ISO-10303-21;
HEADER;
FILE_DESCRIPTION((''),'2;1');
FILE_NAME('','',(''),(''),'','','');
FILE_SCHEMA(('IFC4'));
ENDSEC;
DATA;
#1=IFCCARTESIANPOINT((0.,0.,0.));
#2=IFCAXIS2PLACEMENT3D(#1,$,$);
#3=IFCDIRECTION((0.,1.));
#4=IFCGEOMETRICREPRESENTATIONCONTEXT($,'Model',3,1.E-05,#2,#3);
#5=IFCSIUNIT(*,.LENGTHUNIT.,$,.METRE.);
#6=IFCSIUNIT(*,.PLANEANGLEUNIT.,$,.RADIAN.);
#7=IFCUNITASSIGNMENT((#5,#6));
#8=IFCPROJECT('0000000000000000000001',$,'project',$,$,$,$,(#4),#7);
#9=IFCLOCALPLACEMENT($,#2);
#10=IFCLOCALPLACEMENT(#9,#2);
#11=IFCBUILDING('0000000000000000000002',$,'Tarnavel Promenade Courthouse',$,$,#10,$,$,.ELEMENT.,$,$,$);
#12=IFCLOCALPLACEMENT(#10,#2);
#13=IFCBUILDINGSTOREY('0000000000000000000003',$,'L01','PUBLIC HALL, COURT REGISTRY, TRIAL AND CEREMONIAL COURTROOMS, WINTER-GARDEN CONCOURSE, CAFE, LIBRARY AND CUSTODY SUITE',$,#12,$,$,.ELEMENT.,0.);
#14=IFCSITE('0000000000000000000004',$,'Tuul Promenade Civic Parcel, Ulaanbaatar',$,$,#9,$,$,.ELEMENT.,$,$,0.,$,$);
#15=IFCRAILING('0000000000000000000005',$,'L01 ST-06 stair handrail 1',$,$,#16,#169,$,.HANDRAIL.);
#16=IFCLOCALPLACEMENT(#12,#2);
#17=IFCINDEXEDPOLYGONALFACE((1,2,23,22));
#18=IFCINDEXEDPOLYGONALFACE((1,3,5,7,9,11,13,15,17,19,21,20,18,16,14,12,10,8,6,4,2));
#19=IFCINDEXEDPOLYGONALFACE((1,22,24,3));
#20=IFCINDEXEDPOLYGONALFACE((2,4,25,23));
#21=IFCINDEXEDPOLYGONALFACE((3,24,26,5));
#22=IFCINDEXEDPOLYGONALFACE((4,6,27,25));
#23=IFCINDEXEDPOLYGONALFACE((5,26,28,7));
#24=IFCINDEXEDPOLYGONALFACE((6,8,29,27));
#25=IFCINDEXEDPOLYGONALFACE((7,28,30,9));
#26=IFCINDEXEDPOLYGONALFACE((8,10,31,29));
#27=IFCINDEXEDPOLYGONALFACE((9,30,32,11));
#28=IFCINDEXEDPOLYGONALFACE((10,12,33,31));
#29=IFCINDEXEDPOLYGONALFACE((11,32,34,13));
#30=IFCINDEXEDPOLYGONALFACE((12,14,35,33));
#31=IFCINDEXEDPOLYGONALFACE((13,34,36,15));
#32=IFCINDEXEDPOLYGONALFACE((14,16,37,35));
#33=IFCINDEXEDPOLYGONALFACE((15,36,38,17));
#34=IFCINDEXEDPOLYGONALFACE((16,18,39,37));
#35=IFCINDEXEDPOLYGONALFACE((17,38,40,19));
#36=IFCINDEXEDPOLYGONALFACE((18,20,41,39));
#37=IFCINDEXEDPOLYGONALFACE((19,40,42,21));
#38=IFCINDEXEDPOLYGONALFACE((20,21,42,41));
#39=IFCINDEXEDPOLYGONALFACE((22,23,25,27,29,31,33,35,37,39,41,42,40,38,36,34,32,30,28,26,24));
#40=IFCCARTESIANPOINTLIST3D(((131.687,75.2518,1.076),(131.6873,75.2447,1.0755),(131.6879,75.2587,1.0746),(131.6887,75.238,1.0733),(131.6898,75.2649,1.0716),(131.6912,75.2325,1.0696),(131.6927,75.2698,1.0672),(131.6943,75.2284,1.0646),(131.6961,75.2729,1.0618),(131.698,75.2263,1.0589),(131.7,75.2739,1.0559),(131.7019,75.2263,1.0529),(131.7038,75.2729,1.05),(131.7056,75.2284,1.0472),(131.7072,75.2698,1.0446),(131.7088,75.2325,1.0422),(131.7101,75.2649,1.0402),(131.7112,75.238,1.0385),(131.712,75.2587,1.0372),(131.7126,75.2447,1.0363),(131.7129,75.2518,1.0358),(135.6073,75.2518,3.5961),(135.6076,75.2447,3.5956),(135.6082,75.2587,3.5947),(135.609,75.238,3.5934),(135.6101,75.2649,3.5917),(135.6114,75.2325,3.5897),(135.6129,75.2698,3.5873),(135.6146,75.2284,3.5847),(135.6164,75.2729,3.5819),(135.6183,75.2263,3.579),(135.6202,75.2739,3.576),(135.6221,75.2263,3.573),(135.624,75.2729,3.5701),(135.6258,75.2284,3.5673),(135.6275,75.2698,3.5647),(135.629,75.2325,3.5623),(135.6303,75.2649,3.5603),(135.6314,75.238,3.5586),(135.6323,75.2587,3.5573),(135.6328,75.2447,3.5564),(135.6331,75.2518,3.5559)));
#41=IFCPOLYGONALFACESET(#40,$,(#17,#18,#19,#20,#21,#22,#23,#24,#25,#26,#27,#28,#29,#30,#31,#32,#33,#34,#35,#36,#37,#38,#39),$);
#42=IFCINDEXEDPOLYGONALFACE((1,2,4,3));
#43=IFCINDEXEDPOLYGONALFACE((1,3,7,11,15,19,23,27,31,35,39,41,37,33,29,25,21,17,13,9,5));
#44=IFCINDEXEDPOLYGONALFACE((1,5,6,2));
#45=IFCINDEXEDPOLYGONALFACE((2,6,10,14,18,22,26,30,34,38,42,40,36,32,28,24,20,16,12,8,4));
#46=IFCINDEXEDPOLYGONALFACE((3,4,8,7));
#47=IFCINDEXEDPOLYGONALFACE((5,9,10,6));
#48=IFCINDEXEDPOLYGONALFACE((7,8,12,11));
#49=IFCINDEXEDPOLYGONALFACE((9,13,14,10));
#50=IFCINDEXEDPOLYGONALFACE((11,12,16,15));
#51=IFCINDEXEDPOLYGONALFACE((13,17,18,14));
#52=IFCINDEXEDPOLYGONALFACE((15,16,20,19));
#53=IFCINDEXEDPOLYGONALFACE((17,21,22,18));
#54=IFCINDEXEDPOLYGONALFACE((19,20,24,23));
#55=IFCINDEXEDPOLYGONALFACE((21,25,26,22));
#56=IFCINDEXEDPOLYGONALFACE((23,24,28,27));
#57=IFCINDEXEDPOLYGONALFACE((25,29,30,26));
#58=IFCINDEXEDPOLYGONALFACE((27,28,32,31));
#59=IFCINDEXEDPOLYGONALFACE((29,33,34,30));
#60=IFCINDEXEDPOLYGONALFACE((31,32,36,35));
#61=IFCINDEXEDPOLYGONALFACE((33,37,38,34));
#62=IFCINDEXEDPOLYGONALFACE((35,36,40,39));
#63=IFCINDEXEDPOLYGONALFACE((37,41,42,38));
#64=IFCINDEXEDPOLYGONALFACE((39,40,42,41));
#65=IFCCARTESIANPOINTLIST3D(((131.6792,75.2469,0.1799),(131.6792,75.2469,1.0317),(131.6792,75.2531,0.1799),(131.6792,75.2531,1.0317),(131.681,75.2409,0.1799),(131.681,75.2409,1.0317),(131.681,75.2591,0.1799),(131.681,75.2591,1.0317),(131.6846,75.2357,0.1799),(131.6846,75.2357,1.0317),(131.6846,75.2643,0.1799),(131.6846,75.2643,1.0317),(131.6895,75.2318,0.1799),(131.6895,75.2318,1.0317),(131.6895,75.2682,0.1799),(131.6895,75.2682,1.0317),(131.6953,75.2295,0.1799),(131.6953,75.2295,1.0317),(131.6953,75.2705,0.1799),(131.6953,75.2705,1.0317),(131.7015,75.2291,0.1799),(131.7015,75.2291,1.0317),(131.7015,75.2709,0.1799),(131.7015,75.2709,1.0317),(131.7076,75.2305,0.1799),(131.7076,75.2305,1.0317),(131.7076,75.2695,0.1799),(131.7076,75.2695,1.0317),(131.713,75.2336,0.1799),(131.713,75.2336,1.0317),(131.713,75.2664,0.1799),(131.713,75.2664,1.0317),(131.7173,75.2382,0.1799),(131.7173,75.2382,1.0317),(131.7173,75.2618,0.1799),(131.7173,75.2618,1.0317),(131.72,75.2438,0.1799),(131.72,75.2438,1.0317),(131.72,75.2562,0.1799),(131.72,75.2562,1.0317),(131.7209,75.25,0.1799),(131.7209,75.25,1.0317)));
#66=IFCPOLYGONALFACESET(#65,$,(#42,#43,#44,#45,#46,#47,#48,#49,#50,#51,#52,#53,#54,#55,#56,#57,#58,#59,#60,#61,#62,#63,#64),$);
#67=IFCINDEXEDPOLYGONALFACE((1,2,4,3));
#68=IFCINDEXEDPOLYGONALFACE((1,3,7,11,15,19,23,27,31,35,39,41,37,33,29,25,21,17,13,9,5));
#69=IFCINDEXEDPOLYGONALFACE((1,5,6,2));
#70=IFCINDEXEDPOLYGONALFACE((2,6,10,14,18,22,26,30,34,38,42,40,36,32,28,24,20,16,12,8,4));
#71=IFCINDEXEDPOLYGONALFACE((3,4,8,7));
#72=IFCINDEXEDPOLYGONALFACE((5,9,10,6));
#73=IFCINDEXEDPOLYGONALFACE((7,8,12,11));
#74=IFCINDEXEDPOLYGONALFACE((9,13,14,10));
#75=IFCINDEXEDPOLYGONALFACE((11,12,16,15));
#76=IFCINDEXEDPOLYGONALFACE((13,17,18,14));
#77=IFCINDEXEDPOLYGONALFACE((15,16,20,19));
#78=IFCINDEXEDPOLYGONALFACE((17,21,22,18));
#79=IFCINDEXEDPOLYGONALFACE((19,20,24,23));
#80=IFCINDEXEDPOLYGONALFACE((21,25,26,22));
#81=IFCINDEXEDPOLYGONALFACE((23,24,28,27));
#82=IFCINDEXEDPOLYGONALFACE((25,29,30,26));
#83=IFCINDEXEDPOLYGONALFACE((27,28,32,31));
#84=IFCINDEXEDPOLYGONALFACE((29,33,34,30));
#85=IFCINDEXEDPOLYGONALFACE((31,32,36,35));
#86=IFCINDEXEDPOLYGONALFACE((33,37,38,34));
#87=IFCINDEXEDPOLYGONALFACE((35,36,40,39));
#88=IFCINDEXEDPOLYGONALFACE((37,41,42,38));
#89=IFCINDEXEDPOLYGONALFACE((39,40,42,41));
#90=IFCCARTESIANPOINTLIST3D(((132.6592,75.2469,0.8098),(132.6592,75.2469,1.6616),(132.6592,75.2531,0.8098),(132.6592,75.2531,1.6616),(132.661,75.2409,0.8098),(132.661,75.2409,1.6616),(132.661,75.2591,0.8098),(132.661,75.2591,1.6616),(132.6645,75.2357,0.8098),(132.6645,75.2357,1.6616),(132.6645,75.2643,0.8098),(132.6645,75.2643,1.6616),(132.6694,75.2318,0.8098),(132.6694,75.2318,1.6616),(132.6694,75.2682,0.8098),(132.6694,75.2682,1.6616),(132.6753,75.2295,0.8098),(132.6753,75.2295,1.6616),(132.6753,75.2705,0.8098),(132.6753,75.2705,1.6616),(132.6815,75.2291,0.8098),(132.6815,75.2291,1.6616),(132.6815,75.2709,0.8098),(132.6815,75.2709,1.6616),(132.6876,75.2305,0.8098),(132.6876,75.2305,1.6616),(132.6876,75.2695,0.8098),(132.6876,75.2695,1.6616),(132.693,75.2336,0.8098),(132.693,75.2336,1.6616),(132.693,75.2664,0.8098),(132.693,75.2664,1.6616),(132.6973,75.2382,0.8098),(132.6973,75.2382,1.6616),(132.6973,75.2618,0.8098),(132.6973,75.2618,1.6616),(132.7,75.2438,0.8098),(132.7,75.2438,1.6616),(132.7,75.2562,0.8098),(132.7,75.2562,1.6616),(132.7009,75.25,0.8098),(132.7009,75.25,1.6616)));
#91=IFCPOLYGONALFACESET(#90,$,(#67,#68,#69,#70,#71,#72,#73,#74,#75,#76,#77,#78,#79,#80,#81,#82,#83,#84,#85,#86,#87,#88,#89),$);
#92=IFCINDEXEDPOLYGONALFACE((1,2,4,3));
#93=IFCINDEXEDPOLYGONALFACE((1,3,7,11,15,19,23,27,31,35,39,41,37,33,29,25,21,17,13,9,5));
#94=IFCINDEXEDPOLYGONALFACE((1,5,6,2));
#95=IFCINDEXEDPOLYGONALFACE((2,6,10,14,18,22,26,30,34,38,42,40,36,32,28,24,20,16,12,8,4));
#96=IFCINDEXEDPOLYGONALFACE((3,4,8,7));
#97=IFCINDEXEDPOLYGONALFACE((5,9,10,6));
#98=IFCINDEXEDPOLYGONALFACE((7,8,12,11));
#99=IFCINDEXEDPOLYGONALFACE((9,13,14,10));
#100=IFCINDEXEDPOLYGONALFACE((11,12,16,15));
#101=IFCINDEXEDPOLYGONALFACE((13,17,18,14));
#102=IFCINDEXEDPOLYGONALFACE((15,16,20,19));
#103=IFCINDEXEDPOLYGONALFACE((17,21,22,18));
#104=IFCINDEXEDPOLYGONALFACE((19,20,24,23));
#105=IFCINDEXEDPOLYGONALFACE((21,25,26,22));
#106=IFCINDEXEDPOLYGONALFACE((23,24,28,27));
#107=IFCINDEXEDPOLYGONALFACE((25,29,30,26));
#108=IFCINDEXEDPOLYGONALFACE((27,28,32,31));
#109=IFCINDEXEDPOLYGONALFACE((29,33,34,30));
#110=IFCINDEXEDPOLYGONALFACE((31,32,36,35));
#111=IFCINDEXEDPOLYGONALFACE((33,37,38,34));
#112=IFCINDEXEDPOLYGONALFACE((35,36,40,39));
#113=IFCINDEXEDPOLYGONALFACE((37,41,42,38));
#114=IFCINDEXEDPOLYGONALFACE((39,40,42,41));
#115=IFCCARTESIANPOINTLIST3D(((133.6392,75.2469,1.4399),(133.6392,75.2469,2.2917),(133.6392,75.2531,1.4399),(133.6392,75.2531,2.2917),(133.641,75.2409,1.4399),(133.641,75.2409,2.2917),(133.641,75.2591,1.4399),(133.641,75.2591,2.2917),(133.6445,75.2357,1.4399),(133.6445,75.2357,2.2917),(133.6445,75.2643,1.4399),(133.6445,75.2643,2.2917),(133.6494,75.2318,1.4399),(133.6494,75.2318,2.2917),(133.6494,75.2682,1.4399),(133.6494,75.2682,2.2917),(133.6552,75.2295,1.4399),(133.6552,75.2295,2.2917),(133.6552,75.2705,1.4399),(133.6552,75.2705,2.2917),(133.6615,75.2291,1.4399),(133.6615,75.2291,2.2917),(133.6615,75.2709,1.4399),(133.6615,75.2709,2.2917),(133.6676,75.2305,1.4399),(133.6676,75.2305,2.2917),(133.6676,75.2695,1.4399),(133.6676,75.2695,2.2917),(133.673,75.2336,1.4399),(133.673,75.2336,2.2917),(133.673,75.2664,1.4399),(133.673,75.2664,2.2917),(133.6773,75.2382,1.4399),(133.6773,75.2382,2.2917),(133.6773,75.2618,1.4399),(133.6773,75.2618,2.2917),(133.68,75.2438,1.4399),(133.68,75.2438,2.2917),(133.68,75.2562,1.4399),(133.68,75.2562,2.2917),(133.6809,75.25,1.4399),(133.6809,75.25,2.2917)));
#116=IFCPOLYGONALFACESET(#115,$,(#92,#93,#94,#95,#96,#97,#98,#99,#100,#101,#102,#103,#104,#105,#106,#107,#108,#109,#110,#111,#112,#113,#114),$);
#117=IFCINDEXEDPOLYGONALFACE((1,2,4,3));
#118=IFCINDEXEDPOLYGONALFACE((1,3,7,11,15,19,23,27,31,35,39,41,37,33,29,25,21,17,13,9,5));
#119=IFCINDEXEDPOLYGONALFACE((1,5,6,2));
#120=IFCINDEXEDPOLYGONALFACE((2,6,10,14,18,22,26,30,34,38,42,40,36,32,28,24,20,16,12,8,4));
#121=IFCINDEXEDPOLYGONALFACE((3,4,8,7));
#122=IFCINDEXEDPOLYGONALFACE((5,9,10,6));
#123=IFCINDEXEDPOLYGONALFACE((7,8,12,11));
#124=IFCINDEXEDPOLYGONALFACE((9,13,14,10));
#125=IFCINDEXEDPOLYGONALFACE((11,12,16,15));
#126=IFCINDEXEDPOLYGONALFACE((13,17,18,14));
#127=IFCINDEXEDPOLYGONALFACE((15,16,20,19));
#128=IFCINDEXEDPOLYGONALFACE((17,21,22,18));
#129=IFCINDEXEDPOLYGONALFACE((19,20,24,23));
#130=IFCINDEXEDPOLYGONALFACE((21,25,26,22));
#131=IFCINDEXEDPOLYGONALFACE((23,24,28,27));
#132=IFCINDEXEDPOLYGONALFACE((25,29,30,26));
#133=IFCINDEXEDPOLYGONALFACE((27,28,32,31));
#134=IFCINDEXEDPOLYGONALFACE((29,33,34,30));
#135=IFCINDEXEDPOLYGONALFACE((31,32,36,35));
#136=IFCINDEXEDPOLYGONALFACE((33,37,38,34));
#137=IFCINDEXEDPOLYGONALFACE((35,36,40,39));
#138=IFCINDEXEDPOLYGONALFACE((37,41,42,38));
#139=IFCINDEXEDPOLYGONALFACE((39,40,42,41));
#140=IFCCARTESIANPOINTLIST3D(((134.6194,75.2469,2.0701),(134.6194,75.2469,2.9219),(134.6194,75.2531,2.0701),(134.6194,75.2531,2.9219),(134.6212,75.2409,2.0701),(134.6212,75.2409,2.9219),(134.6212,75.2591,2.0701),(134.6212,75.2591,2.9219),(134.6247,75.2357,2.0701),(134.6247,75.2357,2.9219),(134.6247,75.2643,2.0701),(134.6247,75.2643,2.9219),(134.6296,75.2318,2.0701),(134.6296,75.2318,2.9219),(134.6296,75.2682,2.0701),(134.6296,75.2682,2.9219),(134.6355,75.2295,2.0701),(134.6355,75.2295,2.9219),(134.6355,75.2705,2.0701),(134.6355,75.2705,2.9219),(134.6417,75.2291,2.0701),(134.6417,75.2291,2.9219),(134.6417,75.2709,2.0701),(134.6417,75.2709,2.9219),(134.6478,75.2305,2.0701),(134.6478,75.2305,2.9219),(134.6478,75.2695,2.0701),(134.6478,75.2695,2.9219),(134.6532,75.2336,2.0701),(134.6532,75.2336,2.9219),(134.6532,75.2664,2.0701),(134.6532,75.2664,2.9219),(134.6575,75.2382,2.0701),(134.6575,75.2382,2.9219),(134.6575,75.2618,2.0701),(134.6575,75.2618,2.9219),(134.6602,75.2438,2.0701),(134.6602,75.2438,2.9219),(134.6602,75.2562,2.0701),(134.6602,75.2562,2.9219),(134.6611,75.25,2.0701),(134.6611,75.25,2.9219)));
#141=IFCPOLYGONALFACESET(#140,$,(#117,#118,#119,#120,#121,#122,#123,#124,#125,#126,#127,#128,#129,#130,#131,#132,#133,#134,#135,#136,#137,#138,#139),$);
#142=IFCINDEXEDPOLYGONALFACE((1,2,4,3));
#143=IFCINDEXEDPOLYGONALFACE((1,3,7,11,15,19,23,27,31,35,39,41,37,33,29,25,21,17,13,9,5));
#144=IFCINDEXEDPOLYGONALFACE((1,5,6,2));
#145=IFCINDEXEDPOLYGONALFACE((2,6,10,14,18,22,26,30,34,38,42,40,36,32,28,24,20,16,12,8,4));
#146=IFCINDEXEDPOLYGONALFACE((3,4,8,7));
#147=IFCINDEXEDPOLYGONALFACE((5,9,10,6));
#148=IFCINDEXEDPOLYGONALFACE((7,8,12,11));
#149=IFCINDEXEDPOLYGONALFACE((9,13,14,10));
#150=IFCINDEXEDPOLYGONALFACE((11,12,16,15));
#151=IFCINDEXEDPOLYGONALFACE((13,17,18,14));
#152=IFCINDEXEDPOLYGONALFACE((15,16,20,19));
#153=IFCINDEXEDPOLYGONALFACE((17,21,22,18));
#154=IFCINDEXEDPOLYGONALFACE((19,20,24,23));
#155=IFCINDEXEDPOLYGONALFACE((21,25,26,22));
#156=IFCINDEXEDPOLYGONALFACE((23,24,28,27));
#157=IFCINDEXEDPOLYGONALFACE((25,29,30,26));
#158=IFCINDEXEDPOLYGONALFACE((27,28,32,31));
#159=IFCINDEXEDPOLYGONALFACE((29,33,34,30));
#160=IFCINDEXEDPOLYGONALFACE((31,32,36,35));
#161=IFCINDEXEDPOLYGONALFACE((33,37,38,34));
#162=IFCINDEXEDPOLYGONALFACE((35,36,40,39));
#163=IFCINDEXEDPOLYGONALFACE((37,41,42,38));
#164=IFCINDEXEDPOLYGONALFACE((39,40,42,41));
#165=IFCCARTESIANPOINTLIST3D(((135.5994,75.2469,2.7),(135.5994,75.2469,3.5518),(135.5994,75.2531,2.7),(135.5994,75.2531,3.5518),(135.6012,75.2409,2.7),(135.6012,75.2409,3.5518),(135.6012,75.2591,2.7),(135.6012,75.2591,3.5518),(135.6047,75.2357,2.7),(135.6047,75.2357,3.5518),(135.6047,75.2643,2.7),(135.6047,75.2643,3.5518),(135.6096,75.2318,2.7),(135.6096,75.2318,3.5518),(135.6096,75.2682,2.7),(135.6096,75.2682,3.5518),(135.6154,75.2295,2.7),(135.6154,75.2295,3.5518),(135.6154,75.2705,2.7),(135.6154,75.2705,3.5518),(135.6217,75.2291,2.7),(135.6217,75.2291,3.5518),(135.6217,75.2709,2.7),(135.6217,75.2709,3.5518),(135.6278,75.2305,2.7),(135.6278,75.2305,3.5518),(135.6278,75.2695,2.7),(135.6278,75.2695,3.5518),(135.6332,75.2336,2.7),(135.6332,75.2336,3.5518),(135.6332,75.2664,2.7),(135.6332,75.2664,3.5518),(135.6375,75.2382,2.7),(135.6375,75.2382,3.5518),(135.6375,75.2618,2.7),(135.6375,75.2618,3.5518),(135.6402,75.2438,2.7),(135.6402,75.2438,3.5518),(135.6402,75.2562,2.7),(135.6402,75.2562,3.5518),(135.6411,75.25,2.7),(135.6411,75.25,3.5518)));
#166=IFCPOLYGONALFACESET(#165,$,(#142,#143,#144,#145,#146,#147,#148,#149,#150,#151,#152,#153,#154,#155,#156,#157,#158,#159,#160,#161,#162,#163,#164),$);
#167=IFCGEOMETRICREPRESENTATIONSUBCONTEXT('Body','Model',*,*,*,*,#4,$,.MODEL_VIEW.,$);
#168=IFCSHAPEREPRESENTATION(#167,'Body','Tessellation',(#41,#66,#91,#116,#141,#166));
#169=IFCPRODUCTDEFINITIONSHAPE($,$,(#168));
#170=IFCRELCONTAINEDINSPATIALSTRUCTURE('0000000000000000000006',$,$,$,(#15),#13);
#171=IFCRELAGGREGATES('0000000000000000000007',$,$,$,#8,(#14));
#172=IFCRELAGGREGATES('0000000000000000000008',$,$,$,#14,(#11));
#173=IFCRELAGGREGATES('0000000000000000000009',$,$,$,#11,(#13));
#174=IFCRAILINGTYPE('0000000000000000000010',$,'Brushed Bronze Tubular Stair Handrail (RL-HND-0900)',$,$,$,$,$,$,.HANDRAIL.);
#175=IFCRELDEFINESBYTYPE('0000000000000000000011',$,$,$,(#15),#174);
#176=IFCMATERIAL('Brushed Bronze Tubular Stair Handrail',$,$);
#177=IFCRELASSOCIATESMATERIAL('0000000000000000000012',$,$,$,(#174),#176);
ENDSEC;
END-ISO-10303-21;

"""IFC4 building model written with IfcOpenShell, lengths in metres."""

from ifc_helpers import new_model, si_unit, direction, frame, origin, origin_2d, place, context, subcontext, project, spatial, circle, extrude, material, type_object, element, save


model = new_model("IFC4")

# Units and contexts
model_context = context("Model", 3, precision=1e-05, world=origin(), true_north=direction((0.0, 1.0)))
body_context = subcontext(model_context, "Body", "Model", "MODEL_VIEW")
ifc_project = project(units=[si_unit("LENGTHUNIT", "METRE"), si_unit("PLANEANGLEUNIT", "RADIAN")], contexts=[model_context])

# Site, building, storey
site_placement = place(None, origin())
site = spatial("IfcSite", under=ifc_project, at=site_placement, Name="Tuul Promenade Civic Parcel, Ulaanbaatar", CompositionType="ELEMENT", RefElevation=0.0)
building_placement = place(site_placement, origin())
building = spatial("IfcBuilding", under=site, at=building_placement, Name="Tarnavel Promenade Courthouse", CompositionType="ELEMENT")
storey_placement = place(building_placement, origin())
storey = spatial("IfcBuildingStorey", under=building, at=storey_placement, Name="L01", Description="PUBLIC HALL, COURT REGISTRY, TRIAL AND CEREMONIAL COURTROOMS, WINTER-GARDEN CONCOURSE, CAFE, LIBRARY AND CUSTODY SUITE", CompositionType="ELEMENT", Elevation=0.0)

# Railing
ifc_material_1 = material(Name="Brushed Bronze Tubular Stair Handrail")
railing_type_1 = type_object("IfcRailingType", Name="Brushed Bronze Tubular Stair Handrail (RL-HND-0900)", PredefinedType="HANDRAIL", material=ifc_material_1)
railing_1_placement = place(storey_placement, frame((131.7, 75.25, 0.1799)))
element("IfcRailing", 1, at=railing_1_placement, inside=storey, type_object=railing_type_1, Name="L01 ST-06 stair handrail 1", PredefinedType="HANDRAIL", context=body_context, shape_type="SweptSolid", body=[
    extrude(circle(Radius=0.0239, at=origin_2d()), frame((0.0, 0.0, 0.876), z_axis=(0.841187, 0.0, 0.540744), x_axis=(0.0, 1.0, 0.0)), (0.0, 0.0, 1.0), 4.6604),
    extrude(circle(Radius=0.021, at=origin_2d()), origin(), (0.0, 0.0, 1.0), 0.8518),
    extrude(circle(Radius=0.021, at=origin_2d()), frame((0.98, 0.0, 0.6299)), (0.0, 0.0, 1.0), 0.8518),
    extrude(circle(Radius=0.021, at=origin_2d()), frame((1.96, 0.0, 1.26)), (0.0, 0.0, 1.0), 0.8518),
    extrude(circle(Radius=0.021, at=origin_2d()), frame((2.9402, 0.0, 1.8901)), (0.0, 0.0, 1.0), 0.8518),
    extrude(circle(Radius=0.021, at=origin_2d()), frame((3.9202, 0.0, 2.52)), (0.0, 0.0, 1.0), 0.8518),
])

save(model, "model.ifc")
